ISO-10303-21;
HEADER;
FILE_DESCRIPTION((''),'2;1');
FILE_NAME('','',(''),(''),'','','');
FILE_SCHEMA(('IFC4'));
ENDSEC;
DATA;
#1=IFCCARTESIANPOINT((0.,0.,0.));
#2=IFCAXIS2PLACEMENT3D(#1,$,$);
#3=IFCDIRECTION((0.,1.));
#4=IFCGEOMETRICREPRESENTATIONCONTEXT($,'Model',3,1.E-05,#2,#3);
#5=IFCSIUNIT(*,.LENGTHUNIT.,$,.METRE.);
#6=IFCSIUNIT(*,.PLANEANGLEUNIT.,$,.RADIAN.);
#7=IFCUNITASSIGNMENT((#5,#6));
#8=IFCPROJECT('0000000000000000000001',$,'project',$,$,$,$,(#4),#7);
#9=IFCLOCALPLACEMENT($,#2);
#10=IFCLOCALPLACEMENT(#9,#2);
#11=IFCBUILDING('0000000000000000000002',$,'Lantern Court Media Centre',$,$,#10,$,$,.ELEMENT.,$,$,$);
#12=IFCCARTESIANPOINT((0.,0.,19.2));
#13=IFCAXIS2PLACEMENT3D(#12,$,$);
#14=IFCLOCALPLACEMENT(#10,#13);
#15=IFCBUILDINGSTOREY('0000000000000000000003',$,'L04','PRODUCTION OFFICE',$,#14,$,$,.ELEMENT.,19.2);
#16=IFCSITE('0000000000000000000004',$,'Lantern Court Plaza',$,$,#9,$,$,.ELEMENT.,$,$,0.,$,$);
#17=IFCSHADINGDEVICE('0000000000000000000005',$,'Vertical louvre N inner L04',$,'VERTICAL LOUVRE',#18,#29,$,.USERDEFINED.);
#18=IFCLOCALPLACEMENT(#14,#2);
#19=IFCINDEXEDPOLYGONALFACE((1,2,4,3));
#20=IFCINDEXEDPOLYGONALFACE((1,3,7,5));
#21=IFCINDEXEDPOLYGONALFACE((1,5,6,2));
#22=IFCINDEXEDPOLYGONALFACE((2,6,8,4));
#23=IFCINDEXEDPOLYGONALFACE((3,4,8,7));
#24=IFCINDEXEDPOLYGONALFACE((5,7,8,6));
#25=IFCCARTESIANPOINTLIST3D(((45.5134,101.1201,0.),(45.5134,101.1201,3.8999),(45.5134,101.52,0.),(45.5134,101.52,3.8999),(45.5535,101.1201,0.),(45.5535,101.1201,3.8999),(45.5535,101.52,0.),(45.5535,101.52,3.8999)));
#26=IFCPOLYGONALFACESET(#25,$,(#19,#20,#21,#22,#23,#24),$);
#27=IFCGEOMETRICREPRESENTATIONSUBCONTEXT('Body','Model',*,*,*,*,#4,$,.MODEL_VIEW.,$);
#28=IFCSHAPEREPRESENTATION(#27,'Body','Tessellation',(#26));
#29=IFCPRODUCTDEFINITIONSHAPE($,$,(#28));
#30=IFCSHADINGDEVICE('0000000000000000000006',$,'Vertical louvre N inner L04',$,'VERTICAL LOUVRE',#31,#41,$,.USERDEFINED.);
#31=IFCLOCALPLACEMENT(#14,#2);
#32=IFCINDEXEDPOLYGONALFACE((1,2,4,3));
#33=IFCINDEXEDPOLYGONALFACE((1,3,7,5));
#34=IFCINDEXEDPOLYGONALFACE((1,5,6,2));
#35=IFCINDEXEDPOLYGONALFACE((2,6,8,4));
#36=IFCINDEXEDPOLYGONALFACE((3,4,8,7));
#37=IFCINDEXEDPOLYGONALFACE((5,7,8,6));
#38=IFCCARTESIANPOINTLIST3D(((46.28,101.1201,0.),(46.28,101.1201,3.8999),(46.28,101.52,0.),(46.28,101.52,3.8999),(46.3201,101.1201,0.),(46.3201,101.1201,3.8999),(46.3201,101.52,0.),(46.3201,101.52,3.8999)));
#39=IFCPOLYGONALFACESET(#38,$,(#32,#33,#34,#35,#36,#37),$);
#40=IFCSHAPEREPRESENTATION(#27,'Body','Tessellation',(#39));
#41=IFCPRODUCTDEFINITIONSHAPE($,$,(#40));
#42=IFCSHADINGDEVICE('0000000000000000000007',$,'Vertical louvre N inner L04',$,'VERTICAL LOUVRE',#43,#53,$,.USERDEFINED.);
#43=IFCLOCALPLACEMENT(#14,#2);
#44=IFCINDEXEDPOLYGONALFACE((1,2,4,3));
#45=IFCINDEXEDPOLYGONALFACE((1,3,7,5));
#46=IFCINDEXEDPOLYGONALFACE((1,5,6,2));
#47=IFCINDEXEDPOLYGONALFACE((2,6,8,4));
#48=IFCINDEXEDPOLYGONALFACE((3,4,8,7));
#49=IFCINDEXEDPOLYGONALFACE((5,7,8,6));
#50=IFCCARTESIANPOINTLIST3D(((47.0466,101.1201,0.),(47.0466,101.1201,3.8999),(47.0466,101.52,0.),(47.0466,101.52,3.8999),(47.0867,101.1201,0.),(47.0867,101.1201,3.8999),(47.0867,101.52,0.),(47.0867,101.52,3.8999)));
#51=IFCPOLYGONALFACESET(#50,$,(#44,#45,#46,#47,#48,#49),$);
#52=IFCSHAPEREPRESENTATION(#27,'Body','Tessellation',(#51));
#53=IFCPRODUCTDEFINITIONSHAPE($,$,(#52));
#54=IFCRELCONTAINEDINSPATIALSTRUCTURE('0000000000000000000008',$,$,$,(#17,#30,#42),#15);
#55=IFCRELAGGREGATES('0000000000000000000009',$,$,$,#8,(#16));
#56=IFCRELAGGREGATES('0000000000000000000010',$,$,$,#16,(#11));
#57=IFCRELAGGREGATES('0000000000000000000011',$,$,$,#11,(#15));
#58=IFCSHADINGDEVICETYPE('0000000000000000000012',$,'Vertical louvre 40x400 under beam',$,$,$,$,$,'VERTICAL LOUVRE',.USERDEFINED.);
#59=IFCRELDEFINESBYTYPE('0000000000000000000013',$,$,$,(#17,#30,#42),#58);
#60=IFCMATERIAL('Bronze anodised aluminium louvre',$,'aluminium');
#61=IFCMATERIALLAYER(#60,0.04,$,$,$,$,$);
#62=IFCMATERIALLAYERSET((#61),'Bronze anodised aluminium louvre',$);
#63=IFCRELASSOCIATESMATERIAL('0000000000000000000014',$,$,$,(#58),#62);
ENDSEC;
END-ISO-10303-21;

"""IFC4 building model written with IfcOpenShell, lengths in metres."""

from ifc_helpers import new_model, si_unit, direction, frame, origin, origin_2d, place, context, subcontext, project, spatial, rectangle, extrude, material, layer, layer_set, type_object, element, save


model = new_model("IFC4")

# Units and contexts
model_context = context("Model", 3, precision=1e-05, world=origin(), true_north=direction((0.0, 1.0)))
body_context = subcontext(model_context, "Body", "Model", "MODEL_VIEW")
ifc_project = project(units=[si_unit("LENGTHUNIT", "METRE"), si_unit("PLANEANGLEUNIT", "RADIAN")], contexts=[model_context])

# Site, building, storey
site_placement = place(None, origin())
site = spatial("IfcSite", under=ifc_project, at=site_placement, Name="Lantern Court Plaza", CompositionType="ELEMENT", RefElevation=0.0)
building_placement = place(site_placement, origin())
building = spatial("IfcBuilding", under=site, at=building_placement, Name="Lantern Court Media Centre", CompositionType="ELEMENT")
storey_placement = place(building_placement, frame((0.0, 0.0, 19.2)))
storey = spatial("IfcBuildingStorey", under=building, at=storey_placement, Name="L04", Description="PRODUCTION OFFICE", CompositionType="ELEMENT", Elevation=19.2)

# Shading devices
ifc_material_1 = material(Name="Bronze anodised aluminium louvre", Category="aluminium")
ifc_layer_1 = layer(ifc_material_1, 0.04)
ifc_layer_set_1 = layer_set([ifc_layer_1], Name="Bronze anodised aluminium louvre")
shading_device_type = type_object("IfcShadingDeviceType", Name="Vertical louvre 40x400 under beam", ElementType="VERTICAL LOUVRE", PredefinedType="USERDEFINED", material=ifc_layer_set_1)
for number, where, z_axis, x_axis, name in (
    (1, (45.5334, 101.3201, 0.0), (0.0, 0.0, 1.0), (1.0, 0.0, 0.0), "Vertical louvre N inner L04"),
    (2, (46.3, 101.3201, 0.0), (0.0, 0.0, 1.0), (1.0, 0.0, 0.0), "Vertical louvre N inner L04"),
    (3, (47.0667, 101.3201, 0.0), (0.0, 0.0, 1.0), (1.0, 0.0, 0.0), "Vertical louvre N inner L04"),
):
    element("IfcShadingDevice", number, at=place(storey_placement, frame(where, z_axis=z_axis, x_axis=x_axis)), inside=storey, type_object=shading_device_type, Name=name, ObjectType="VERTICAL LOUVRE", PredefinedType="USERDEFINED", context=body_context, shape_type="SweptSolid", body=[
        extrude(rectangle(XDim=0.04, YDim=0.3999, at=origin_2d()), origin(), (0.0, 0.0, 1.0), 3.8999),
    ])

save(model, "model.ifc")
